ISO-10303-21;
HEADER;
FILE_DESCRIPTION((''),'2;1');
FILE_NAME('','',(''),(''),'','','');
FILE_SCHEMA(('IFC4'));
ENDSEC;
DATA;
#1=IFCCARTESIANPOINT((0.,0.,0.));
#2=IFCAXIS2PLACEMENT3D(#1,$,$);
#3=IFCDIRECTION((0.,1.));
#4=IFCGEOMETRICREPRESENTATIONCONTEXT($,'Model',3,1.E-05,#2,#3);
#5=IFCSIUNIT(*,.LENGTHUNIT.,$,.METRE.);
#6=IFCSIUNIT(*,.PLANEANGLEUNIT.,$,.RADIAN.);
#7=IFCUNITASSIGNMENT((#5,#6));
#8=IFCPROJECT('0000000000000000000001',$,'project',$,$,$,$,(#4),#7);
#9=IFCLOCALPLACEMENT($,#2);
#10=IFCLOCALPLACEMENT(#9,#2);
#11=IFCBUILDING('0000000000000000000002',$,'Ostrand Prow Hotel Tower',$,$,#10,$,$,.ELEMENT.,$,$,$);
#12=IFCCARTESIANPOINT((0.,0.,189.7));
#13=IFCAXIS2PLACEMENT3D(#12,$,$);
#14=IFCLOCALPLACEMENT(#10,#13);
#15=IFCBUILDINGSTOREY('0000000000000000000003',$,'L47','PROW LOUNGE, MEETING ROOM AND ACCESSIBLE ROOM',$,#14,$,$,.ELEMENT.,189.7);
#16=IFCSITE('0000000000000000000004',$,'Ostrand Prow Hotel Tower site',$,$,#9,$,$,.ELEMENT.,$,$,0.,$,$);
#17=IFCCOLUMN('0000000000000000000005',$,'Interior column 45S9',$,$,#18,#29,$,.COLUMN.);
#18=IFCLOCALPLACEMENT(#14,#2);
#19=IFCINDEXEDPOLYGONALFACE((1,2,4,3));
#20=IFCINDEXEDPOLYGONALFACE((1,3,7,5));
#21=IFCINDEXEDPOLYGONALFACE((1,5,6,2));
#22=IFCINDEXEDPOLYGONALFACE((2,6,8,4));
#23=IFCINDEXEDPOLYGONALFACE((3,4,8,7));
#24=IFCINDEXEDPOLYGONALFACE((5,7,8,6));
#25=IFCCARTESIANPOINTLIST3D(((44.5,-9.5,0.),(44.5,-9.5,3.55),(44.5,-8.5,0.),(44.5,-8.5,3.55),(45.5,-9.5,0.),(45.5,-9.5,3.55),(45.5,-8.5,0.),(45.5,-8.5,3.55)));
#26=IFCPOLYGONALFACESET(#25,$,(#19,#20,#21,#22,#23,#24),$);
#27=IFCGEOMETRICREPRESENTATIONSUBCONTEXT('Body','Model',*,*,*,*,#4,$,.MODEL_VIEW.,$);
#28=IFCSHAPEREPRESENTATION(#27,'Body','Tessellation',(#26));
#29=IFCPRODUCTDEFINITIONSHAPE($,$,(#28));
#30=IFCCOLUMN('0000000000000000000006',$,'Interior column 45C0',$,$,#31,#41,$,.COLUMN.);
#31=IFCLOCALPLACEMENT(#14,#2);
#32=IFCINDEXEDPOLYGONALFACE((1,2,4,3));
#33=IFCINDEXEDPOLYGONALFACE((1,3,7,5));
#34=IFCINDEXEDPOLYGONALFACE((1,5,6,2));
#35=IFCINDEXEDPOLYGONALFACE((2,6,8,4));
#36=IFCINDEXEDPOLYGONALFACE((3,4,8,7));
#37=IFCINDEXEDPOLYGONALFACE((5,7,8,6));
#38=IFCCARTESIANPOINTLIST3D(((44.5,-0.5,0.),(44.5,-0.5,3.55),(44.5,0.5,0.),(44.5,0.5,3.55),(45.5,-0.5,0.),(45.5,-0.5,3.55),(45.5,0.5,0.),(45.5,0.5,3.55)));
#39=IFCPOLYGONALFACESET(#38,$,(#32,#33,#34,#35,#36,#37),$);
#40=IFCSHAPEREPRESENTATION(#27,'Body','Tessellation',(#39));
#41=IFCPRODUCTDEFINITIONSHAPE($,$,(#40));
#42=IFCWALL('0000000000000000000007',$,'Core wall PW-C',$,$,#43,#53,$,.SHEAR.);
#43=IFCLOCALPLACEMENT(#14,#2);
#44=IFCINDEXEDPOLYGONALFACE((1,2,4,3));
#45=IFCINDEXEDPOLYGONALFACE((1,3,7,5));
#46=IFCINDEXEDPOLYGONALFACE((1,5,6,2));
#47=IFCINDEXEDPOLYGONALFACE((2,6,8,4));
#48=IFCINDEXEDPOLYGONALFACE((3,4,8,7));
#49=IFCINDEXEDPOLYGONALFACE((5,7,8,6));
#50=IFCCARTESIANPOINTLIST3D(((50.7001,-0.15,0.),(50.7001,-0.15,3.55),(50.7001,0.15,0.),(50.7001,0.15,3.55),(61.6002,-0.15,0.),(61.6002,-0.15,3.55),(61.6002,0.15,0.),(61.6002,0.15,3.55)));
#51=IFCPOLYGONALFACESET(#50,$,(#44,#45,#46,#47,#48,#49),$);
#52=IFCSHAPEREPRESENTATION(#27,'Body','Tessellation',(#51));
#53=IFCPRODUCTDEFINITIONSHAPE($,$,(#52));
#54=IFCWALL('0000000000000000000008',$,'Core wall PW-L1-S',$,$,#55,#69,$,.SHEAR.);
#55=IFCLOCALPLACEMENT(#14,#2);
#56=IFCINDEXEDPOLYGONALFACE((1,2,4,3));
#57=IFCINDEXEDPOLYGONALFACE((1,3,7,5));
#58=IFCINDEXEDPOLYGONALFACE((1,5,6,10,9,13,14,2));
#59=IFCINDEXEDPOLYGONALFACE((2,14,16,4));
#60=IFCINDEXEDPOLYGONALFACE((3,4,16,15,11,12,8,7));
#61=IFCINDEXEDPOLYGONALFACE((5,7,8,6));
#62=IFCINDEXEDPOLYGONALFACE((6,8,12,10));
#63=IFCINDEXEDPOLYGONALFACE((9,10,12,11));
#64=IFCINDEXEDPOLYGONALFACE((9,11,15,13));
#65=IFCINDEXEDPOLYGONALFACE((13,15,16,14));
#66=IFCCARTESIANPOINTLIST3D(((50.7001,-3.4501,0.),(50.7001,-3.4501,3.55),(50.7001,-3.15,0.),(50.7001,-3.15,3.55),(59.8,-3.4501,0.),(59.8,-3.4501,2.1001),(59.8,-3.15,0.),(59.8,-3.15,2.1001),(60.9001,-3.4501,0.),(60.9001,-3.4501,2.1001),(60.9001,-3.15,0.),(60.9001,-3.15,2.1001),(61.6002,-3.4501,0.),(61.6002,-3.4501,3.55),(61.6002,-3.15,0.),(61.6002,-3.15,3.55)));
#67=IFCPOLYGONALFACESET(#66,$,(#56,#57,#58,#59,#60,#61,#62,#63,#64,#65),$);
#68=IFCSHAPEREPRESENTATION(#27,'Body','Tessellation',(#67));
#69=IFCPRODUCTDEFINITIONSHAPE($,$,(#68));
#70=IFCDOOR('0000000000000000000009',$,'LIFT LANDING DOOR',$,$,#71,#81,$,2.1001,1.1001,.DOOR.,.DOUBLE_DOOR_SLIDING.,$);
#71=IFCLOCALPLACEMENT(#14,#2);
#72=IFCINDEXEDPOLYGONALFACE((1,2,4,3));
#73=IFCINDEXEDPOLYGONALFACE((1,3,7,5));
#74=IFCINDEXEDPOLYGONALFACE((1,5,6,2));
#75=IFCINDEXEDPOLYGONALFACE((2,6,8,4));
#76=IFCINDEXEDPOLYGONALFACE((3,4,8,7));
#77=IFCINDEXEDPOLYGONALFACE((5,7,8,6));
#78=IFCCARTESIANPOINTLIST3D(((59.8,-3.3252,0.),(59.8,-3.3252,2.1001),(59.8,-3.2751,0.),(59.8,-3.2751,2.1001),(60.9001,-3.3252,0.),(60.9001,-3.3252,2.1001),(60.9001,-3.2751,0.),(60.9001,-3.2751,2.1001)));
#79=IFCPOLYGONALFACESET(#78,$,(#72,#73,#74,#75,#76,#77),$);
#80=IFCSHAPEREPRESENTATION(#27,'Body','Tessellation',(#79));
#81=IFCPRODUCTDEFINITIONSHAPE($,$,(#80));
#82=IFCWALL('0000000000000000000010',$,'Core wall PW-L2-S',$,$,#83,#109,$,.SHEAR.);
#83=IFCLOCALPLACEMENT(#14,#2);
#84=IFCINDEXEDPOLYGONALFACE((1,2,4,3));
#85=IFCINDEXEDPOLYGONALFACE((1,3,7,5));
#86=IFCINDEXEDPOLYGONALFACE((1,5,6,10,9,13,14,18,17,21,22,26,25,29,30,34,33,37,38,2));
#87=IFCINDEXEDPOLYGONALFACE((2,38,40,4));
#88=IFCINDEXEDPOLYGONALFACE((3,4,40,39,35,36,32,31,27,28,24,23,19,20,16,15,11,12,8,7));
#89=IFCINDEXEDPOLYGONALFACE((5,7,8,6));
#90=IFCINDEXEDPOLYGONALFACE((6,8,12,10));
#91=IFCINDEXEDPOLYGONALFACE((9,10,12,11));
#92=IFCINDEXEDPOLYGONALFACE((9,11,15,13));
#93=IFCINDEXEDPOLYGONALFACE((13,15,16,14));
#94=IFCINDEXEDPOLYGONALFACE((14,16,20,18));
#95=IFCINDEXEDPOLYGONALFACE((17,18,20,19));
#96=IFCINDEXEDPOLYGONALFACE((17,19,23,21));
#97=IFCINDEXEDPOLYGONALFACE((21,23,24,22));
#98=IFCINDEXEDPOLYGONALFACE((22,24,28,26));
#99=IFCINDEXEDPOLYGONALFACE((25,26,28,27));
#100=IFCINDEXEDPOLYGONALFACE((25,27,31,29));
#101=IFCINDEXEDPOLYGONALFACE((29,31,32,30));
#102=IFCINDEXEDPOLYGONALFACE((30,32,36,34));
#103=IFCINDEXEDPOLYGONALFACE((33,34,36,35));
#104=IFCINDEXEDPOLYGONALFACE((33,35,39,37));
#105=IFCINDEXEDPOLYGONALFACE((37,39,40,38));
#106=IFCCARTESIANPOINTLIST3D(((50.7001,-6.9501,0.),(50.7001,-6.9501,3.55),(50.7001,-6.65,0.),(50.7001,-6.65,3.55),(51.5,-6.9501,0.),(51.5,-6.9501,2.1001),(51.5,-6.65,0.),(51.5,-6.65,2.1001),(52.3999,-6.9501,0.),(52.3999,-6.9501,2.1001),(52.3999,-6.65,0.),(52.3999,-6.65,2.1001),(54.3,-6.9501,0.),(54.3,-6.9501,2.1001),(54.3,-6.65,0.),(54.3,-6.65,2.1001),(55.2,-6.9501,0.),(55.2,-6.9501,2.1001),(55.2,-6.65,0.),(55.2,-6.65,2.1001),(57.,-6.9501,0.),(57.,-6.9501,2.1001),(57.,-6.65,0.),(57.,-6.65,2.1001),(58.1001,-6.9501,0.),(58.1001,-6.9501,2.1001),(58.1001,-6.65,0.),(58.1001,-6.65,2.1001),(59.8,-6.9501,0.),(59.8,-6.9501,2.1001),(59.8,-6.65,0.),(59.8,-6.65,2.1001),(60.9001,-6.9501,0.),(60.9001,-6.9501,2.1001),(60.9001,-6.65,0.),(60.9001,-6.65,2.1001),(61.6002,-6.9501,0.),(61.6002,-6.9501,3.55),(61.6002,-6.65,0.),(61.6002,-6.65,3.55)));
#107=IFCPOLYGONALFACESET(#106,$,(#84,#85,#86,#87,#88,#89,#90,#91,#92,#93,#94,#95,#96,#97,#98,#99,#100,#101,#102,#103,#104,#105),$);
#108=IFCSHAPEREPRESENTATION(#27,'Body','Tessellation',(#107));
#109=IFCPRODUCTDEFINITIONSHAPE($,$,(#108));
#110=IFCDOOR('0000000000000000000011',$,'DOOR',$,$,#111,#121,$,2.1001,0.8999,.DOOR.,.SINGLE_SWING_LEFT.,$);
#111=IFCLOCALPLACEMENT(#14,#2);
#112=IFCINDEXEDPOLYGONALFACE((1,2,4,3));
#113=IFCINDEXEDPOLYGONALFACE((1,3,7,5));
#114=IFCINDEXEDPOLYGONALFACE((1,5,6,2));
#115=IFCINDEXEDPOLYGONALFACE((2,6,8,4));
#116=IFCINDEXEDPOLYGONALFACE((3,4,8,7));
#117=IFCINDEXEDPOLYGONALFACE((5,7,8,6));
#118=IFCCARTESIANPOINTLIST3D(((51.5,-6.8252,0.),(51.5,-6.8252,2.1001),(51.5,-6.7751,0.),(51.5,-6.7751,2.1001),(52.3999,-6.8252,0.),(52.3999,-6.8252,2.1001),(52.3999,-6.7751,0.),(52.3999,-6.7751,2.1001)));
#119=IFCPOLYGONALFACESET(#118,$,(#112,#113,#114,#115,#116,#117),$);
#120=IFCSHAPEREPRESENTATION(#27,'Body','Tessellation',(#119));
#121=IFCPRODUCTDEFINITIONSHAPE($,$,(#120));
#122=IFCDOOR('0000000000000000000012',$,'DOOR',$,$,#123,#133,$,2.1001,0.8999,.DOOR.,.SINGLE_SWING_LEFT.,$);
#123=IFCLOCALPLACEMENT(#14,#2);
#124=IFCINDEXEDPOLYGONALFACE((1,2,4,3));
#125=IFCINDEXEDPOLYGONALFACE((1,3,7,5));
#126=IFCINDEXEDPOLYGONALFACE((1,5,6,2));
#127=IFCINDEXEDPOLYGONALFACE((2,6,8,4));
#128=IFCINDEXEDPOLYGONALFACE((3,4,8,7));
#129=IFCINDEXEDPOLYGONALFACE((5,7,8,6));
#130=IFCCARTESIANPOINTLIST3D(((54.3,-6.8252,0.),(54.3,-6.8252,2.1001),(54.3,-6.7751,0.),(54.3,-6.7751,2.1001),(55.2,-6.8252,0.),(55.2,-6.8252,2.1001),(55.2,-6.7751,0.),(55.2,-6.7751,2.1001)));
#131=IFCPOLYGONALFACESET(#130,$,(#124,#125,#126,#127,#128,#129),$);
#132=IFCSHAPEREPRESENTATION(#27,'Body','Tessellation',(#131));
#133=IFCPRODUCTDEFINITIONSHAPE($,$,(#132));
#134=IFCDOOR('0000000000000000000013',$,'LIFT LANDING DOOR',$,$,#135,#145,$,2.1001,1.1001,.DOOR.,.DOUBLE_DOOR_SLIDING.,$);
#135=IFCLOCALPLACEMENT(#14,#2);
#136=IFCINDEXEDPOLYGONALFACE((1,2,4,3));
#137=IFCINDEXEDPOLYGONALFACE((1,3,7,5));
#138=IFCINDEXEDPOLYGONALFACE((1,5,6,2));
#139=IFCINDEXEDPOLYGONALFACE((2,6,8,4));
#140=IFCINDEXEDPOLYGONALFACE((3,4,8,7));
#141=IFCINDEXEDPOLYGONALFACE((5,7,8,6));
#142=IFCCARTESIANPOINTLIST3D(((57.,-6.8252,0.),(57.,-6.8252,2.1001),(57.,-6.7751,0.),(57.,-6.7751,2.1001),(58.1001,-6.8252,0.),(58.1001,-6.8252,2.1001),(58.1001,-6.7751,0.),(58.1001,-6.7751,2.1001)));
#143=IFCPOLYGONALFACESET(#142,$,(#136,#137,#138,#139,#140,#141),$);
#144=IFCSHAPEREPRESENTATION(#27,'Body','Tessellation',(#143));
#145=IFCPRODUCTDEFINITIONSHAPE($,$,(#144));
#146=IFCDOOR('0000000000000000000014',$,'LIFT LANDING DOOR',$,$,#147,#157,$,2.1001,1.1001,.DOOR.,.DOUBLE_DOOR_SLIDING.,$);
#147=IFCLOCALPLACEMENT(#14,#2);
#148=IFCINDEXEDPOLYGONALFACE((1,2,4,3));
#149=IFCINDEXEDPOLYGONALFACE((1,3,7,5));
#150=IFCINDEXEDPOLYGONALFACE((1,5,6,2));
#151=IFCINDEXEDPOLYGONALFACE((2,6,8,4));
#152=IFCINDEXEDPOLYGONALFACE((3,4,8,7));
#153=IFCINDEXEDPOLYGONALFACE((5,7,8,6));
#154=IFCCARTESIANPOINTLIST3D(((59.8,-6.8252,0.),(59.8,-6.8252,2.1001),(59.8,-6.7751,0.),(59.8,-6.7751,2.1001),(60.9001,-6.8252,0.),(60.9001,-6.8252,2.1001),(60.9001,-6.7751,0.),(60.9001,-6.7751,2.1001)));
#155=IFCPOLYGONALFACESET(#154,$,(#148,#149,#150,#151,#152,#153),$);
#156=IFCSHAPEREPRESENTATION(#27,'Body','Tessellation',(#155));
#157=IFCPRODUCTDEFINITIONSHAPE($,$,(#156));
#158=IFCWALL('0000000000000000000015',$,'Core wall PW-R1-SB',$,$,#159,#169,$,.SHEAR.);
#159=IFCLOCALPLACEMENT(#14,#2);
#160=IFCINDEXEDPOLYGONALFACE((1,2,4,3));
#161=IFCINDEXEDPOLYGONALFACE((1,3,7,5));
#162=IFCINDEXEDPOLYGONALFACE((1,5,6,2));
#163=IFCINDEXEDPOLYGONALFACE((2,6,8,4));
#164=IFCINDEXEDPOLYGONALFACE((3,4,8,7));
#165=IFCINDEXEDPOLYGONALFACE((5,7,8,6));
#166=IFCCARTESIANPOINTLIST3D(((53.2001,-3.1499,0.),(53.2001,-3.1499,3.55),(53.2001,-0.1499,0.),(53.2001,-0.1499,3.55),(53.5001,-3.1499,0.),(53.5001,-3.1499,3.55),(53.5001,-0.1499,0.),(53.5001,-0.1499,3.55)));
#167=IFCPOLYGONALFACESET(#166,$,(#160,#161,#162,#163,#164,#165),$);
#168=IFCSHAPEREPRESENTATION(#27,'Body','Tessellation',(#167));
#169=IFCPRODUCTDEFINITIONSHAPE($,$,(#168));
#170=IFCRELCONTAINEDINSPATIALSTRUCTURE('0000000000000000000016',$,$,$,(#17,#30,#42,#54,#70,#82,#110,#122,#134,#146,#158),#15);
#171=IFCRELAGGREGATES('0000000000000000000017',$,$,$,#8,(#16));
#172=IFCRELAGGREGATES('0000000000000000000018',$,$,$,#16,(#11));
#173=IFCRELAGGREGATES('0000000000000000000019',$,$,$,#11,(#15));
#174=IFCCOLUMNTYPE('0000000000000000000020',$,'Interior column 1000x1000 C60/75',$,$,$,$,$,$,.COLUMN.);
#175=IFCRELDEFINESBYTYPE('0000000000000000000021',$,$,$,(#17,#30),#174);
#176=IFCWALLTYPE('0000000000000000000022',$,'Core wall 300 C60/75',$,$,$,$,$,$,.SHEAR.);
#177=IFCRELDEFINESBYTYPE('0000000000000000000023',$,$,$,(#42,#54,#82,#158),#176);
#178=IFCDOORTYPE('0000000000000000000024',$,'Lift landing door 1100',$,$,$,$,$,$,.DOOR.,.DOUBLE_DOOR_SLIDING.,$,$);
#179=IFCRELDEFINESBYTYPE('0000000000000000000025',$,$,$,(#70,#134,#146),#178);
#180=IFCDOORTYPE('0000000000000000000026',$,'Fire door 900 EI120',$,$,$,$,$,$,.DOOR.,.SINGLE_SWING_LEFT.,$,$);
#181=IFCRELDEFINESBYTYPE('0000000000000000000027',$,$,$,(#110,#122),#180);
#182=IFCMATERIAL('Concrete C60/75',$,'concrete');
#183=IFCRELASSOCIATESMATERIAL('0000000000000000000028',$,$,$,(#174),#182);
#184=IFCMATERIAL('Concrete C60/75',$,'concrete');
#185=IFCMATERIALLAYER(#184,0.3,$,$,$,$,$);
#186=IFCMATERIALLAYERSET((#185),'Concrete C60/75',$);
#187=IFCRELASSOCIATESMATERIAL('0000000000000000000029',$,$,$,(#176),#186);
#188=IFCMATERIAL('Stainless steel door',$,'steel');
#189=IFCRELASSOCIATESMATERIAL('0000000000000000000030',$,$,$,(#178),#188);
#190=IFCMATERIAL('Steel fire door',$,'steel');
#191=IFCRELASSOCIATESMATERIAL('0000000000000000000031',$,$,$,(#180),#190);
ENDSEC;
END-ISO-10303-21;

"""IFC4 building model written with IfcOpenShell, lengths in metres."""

from ifc_helpers import new_model, si_unit, direction, frame, frame_2d, origin, origin_2d, place, context, subcontext, project, spatial, rectangle, extrude, material, layer, layer_set, material_profile, profile_set, type_object, element, fill, save


model = new_model("IFC4")

# Units and contexts
model_context = context("Model", 3, precision=1e-05, world=origin(), true_north=direction((0.0, 1.0)))
body_context = subcontext(model_context, "Body", "Model", "MODEL_VIEW")
ifc_project = project(units=[si_unit("LENGTHUNIT", "METRE"), si_unit("PLANEANGLEUNIT", "RADIAN")], contexts=[model_context])

# Site, building, storey
site_placement = place(None, origin())
site = spatial("IfcSite", under=ifc_project, at=site_placement, Name="Ostrand Prow Hotel Tower site", CompositionType="ELEMENT", RefElevation=0.0)
building_placement = place(site_placement, origin())
building = spatial("IfcBuilding", under=site, at=building_placement, Name="Ostrand Prow Hotel Tower", CompositionType="ELEMENT")
storey_placement = place(building_placement, frame((0.0, 0.0, 189.7)))
storey = spatial("IfcBuildingStorey", under=building, at=storey_placement, Name="L47", Description="PROW LOUNGE, MEETING ROOM AND ACCESSIBLE ROOM", CompositionType="ELEMENT", Elevation=189.7)

# Columns
ifc_material_1 = material(Name="Concrete C60/75", Category="concrete")
ifc_material_profile = material_profile(ifc_material_1, rectangle(XDim=1.0, YDim=1.0, at=origin_2d()), Name="RC 1000x1000")
ifc_profile_set = profile_set([ifc_material_profile], Name="Concrete C60/75")
column_type = type_object("IfcColumnType", Name="Interior column 1000x1000 C60/75", PredefinedType="COLUMN", material=ifc_profile_set)
for number, where, z_axis, x_axis, name in (
    (1, (45.0, -9.0, 0.0), (0.0, 0.0, 1.0), (1.0, 0.0, 0.0), "Interior column 45S9"),
    (2, (45.0, 0.0, 0.0), (0.0, 0.0, 1.0), (1.0, 0.0, 0.0), "Interior column 45C0"),
):
    element("IfcColumn", number, at=place(storey_placement, frame(where, z_axis=z_axis, x_axis=x_axis)), inside=storey, type_object=column_type, Name=name, PredefinedType="COLUMN", context=body_context, shape_type="SweptSolid", body=[
        extrude(rectangle(XDim=1.0, YDim=1.0, at=origin_2d()), origin(), (0.0, 0.0, 1.0), 3.55),
    ])

# Wall
ifc_material_2 = material(Name="Concrete C60/75", Category="concrete")
ifc_layer_1 = layer(ifc_material_2, 0.3)
ifc_layer_set_1 = layer_set([ifc_layer_1], Name="Concrete C60/75")
wall_type_1 = type_object("IfcWallType", Name="Core wall 300 C60/75", PredefinedType="SHEAR", material=ifc_layer_set_1)
wall_1_placement = place(storey_placement, frame((50.7, 0.0, 0.0), z_axis=(0.0, 0.0, 1.0), x_axis=(1.0, 0.0, 0.0)))
element("IfcWall", 3, at=wall_1_placement, inside=storey, type_object=wall_type_1, Name="Core wall PW-C", PredefinedType="SHEAR", context=body_context, shape_type="SweptSolid", body=[
    extrude(rectangle(XDim=10.9001, YDim=0.3, at=frame_2d((5.4502, 0.0))), origin(), (0.0, 0.0, 1.0), 3.55),
])

# Wall, opening, door
wall_2_placement = place(storey_placement, frame((50.7, -3.3, 0.0), z_axis=(0.0, 0.0, 1.0), x_axis=(1.0, 0.0, 0.0)))
wall_2 = element("IfcWall", 4, at=wall_2_placement, inside=storey, type_object=wall_type_1, Name="Core wall PW-L1-S", PredefinedType="SHEAR", context=body_context, shape_type="SweptSolid", body=[
    extrude(rectangle(XDim=10.9001, YDim=0.3, at=frame_2d((5.4502, 0.0))), origin(), (0.0, 0.0, 1.0), 3.55),
])
opening_1_placement = place(wall_2_placement, frame((9.1001, 0.0, 0.0)))
opening_1 = element("IfcOpeningElement", 5, at=opening_1_placement, cuts=wall_2, PredefinedType="OPENING", context=body_context, shape_type="SweptSolid", body=[
    extrude(rectangle(XDim=1.1001, YDim=2.1001, at=frame_2d((0.55, 1.05))), frame((0.0, 0.1599, 0.0), z_axis=(0.0, -1.0, 0.0), x_axis=(1.0, 0.0, 0.0)), (0.0, 0.0, 1.0), 0.3201),
])
ifc_material_3 = material(Name="Stainless steel door", Category="steel")
door_type_1 = type_object("IfcDoorType", Name="Lift landing door 1100", OperationType="DOUBLE_DOOR_SLIDING", PredefinedType="DOOR", material=ifc_material_3)
door_1_placement = place(opening_1_placement, origin())
door_1 = element("IfcDoor", 6, at=door_1_placement, inside=storey, type_object=door_type_1, Name="LIFT LANDING DOOR", OperationType="DOUBLE_DOOR_SLIDING", OverallHeight=2.1001, OverallWidth=1.1001, PredefinedType="DOOR", context=body_context, shape_type="SweptSolid", body=[
    extrude(rectangle(XDim=1.1001, YDim=2.1001, at=frame_2d((0.55, 1.05))), frame((0.0, 0.0249, 0.0), z_axis=(0.0, -1.0, 0.0), x_axis=(1.0, 0.0, 0.0)), (0.0, 0.0, 1.0), 0.05),
])
fill(opening_1, door_1)

# Wall, openings, doors
wall_3_placement = place(storey_placement, frame((50.7, -6.8, 0.0), z_axis=(0.0, 0.0, 1.0), x_axis=(1.0, 0.0, 0.0)))
wall_3 = element("IfcWall", 7, at=wall_3_placement, inside=storey, type_object=wall_type_1, Name="Core wall PW-L2-S", PredefinedType="SHEAR", context=body_context, shape_type="SweptSolid", body=[
    extrude(rectangle(XDim=10.9001, YDim=0.3, at=frame_2d((5.4502, 0.0))), origin(), (0.0, 0.0, 1.0), 3.55),
])
opening_2_placement = place(wall_3_placement, frame((6.3, 0.0, 0.0)))
opening_2 = element("IfcOpeningElement", 8, at=opening_2_placement, cuts=wall_3, PredefinedType="OPENING", context=body_context, shape_type="SweptSolid", body=[
    extrude(rectangle(XDim=1.1001, YDim=2.1001, at=frame_2d((0.55, 1.05))), frame((0.0, 0.1599, 0.0), z_axis=(0.0, -1.0, 0.0), x_axis=(1.0, 0.0, 0.0)), (0.0, 0.0, 1.0), 0.3201),
])
opening_3_placement = place(wall_3_placement, frame((9.1001, 0.0, 0.0)))
opening_3 = element("IfcOpeningElement", 9, at=opening_3_placement, cuts=wall_3, PredefinedType="OPENING", context=body_context, shape_type="SweptSolid", body=[
    extrude(rectangle(XDim=1.1001, YDim=2.1001, at=frame_2d((0.55, 1.05))), frame((0.0, 0.1599, 0.0), z_axis=(0.0, -1.0, 0.0), x_axis=(1.0, 0.0, 0.0)), (0.0, 0.0, 1.0), 0.3201),
])
opening_4_placement = place(wall_3_placement, frame((0.8, 0.0, 0.0)))
opening_4 = element("IfcOpeningElement", 10, at=opening_4_placement, cuts=wall_3, PredefinedType="OPENING", context=body_context, shape_type="SweptSolid", body=[
    extrude(rectangle(XDim=0.8999, YDim=2.1001, at=frame_2d((0.45, 1.05))), frame((0.0, 0.1599, 0.0), z_axis=(0.0, -1.0, 0.0), x_axis=(1.0, 0.0, 0.0)), (0.0, 0.0, 1.0), 0.3201),
])
opening_5_placement = place(wall_3_placement, frame((3.6001, 0.0, 0.0)))
opening_5 = element("IfcOpeningElement", 11, at=opening_5_placement, cuts=wall_3, PredefinedType="OPENING", context=body_context, shape_type="SweptSolid", body=[
    extrude(rectangle(XDim=0.8999, YDim=2.1001, at=frame_2d((0.45, 1.05))), frame((0.0, 0.1599, 0.0), z_axis=(0.0, -1.0, 0.0), x_axis=(1.0, 0.0, 0.0)), (0.0, 0.0, 1.0), 0.3201),
])
ifc_material_4 = material(Name="Steel fire door", Category="steel")
door_type_2 = type_object("IfcDoorType", Name="Fire door 900 EI120", OperationType="SINGLE_SWING_LEFT", PredefinedType="DOOR", material=ifc_material_4)
door_2_placement = place(opening_4_placement, origin())
door_2 = element("IfcDoor", 12, at=door_2_placement, inside=storey, type_object=door_type_2, Name="DOOR", OperationType="SINGLE_SWING_LEFT", OverallHeight=2.1001, OverallWidth=0.8999, PredefinedType="DOOR", context=body_context, shape_type="SweptSolid", body=[
    extrude(rectangle(XDim=0.8999, YDim=2.1001, at=frame_2d((0.45, 1.05))), frame((0.0, 0.0249, 0.0), z_axis=(0.0, -1.0, 0.0), x_axis=(1.0, 0.0, 0.0)), (0.0, 0.0, 1.0), 0.05),
])
fill(opening_4, door_2)
door_3_placement = place(opening_5_placement, origin())
door_3 = element("IfcDoor", 13, at=door_3_placement, inside=storey, type_object=door_type_2, Name="DOOR", OperationType="SINGLE_SWING_LEFT", OverallHeight=2.1001, OverallWidth=0.8999, PredefinedType="DOOR", context=body_context, shape_type="SweptSolid", body=[
    extrude(rectangle(XDim=0.8999, YDim=2.1001, at=frame_2d((0.45, 1.05))), frame((0.0, 0.0249, 0.0), z_axis=(0.0, -1.0, 0.0), x_axis=(1.0, 0.0, 0.0)), (0.0, 0.0, 1.0), 0.05),
])
fill(opening_5, door_3)
door_4_placement = place(opening_2_placement, origin())
door_4 = element("IfcDoor", 14, at=door_4_placement, inside=storey, type_object=door_type_1, Name="LIFT LANDING DOOR", OperationType="DOUBLE_DOOR_SLIDING", OverallHeight=2.1001, OverallWidth=1.1001, PredefinedType="DOOR", context=body_context, shape_type="SweptSolid", body=[
    extrude(rectangle(XDim=1.1001, YDim=2.1001, at=frame_2d((0.55, 1.05))), frame((0.0, 0.0249, 0.0), z_axis=(0.0, -1.0, 0.0), x_axis=(1.0, 0.0, 0.0)), (0.0, 0.0, 1.0), 0.05),
])
fill(opening_2, door_4)
door_5_placement = place(opening_3_placement, origin())
door_5 = element("IfcDoor", 15, at=door_5_placement, inside=storey, type_object=door_type_1, Name="LIFT LANDING DOOR", OperationType="DOUBLE_DOOR_SLIDING", OverallHeight=2.1001, OverallWidth=1.1001, PredefinedType="DOOR", context=body_context, shape_type="SweptSolid", body=[
    extrude(rectangle(XDim=1.1001, YDim=2.1001, at=frame_2d((0.55, 1.05))), frame((0.0, 0.0249, 0.0), z_axis=(0.0, -1.0, 0.0), x_axis=(1.0, 0.0, 0.0)), (0.0, 0.0, 1.0), 0.05),
])
fill(opening_3, door_5)

# Wall
for number, where, z_axis, x_axis, name in (
    (16, (53.3501, -3.1499, 0.0), (0.0, 0.0, 1.0), (0.0, 1.0, 0.0), "Core wall PW-R1-SB"),
):
    element("IfcWall", number, at=place(storey_placement, frame(where, z_axis=z_axis, x_axis=x_axis)), inside=storey, type_object=wall_type_1, Name=name, PredefinedType="SHEAR", context=body_context, shape_type="SweptSolid", body=[
        extrude(rectangle(XDim=3.0, YDim=0.3, at=frame_2d((1.5, 0.0))), origin(), (0.0, 0.0, 1.0), 3.55),
    ])

save(model, "model.ifc")
